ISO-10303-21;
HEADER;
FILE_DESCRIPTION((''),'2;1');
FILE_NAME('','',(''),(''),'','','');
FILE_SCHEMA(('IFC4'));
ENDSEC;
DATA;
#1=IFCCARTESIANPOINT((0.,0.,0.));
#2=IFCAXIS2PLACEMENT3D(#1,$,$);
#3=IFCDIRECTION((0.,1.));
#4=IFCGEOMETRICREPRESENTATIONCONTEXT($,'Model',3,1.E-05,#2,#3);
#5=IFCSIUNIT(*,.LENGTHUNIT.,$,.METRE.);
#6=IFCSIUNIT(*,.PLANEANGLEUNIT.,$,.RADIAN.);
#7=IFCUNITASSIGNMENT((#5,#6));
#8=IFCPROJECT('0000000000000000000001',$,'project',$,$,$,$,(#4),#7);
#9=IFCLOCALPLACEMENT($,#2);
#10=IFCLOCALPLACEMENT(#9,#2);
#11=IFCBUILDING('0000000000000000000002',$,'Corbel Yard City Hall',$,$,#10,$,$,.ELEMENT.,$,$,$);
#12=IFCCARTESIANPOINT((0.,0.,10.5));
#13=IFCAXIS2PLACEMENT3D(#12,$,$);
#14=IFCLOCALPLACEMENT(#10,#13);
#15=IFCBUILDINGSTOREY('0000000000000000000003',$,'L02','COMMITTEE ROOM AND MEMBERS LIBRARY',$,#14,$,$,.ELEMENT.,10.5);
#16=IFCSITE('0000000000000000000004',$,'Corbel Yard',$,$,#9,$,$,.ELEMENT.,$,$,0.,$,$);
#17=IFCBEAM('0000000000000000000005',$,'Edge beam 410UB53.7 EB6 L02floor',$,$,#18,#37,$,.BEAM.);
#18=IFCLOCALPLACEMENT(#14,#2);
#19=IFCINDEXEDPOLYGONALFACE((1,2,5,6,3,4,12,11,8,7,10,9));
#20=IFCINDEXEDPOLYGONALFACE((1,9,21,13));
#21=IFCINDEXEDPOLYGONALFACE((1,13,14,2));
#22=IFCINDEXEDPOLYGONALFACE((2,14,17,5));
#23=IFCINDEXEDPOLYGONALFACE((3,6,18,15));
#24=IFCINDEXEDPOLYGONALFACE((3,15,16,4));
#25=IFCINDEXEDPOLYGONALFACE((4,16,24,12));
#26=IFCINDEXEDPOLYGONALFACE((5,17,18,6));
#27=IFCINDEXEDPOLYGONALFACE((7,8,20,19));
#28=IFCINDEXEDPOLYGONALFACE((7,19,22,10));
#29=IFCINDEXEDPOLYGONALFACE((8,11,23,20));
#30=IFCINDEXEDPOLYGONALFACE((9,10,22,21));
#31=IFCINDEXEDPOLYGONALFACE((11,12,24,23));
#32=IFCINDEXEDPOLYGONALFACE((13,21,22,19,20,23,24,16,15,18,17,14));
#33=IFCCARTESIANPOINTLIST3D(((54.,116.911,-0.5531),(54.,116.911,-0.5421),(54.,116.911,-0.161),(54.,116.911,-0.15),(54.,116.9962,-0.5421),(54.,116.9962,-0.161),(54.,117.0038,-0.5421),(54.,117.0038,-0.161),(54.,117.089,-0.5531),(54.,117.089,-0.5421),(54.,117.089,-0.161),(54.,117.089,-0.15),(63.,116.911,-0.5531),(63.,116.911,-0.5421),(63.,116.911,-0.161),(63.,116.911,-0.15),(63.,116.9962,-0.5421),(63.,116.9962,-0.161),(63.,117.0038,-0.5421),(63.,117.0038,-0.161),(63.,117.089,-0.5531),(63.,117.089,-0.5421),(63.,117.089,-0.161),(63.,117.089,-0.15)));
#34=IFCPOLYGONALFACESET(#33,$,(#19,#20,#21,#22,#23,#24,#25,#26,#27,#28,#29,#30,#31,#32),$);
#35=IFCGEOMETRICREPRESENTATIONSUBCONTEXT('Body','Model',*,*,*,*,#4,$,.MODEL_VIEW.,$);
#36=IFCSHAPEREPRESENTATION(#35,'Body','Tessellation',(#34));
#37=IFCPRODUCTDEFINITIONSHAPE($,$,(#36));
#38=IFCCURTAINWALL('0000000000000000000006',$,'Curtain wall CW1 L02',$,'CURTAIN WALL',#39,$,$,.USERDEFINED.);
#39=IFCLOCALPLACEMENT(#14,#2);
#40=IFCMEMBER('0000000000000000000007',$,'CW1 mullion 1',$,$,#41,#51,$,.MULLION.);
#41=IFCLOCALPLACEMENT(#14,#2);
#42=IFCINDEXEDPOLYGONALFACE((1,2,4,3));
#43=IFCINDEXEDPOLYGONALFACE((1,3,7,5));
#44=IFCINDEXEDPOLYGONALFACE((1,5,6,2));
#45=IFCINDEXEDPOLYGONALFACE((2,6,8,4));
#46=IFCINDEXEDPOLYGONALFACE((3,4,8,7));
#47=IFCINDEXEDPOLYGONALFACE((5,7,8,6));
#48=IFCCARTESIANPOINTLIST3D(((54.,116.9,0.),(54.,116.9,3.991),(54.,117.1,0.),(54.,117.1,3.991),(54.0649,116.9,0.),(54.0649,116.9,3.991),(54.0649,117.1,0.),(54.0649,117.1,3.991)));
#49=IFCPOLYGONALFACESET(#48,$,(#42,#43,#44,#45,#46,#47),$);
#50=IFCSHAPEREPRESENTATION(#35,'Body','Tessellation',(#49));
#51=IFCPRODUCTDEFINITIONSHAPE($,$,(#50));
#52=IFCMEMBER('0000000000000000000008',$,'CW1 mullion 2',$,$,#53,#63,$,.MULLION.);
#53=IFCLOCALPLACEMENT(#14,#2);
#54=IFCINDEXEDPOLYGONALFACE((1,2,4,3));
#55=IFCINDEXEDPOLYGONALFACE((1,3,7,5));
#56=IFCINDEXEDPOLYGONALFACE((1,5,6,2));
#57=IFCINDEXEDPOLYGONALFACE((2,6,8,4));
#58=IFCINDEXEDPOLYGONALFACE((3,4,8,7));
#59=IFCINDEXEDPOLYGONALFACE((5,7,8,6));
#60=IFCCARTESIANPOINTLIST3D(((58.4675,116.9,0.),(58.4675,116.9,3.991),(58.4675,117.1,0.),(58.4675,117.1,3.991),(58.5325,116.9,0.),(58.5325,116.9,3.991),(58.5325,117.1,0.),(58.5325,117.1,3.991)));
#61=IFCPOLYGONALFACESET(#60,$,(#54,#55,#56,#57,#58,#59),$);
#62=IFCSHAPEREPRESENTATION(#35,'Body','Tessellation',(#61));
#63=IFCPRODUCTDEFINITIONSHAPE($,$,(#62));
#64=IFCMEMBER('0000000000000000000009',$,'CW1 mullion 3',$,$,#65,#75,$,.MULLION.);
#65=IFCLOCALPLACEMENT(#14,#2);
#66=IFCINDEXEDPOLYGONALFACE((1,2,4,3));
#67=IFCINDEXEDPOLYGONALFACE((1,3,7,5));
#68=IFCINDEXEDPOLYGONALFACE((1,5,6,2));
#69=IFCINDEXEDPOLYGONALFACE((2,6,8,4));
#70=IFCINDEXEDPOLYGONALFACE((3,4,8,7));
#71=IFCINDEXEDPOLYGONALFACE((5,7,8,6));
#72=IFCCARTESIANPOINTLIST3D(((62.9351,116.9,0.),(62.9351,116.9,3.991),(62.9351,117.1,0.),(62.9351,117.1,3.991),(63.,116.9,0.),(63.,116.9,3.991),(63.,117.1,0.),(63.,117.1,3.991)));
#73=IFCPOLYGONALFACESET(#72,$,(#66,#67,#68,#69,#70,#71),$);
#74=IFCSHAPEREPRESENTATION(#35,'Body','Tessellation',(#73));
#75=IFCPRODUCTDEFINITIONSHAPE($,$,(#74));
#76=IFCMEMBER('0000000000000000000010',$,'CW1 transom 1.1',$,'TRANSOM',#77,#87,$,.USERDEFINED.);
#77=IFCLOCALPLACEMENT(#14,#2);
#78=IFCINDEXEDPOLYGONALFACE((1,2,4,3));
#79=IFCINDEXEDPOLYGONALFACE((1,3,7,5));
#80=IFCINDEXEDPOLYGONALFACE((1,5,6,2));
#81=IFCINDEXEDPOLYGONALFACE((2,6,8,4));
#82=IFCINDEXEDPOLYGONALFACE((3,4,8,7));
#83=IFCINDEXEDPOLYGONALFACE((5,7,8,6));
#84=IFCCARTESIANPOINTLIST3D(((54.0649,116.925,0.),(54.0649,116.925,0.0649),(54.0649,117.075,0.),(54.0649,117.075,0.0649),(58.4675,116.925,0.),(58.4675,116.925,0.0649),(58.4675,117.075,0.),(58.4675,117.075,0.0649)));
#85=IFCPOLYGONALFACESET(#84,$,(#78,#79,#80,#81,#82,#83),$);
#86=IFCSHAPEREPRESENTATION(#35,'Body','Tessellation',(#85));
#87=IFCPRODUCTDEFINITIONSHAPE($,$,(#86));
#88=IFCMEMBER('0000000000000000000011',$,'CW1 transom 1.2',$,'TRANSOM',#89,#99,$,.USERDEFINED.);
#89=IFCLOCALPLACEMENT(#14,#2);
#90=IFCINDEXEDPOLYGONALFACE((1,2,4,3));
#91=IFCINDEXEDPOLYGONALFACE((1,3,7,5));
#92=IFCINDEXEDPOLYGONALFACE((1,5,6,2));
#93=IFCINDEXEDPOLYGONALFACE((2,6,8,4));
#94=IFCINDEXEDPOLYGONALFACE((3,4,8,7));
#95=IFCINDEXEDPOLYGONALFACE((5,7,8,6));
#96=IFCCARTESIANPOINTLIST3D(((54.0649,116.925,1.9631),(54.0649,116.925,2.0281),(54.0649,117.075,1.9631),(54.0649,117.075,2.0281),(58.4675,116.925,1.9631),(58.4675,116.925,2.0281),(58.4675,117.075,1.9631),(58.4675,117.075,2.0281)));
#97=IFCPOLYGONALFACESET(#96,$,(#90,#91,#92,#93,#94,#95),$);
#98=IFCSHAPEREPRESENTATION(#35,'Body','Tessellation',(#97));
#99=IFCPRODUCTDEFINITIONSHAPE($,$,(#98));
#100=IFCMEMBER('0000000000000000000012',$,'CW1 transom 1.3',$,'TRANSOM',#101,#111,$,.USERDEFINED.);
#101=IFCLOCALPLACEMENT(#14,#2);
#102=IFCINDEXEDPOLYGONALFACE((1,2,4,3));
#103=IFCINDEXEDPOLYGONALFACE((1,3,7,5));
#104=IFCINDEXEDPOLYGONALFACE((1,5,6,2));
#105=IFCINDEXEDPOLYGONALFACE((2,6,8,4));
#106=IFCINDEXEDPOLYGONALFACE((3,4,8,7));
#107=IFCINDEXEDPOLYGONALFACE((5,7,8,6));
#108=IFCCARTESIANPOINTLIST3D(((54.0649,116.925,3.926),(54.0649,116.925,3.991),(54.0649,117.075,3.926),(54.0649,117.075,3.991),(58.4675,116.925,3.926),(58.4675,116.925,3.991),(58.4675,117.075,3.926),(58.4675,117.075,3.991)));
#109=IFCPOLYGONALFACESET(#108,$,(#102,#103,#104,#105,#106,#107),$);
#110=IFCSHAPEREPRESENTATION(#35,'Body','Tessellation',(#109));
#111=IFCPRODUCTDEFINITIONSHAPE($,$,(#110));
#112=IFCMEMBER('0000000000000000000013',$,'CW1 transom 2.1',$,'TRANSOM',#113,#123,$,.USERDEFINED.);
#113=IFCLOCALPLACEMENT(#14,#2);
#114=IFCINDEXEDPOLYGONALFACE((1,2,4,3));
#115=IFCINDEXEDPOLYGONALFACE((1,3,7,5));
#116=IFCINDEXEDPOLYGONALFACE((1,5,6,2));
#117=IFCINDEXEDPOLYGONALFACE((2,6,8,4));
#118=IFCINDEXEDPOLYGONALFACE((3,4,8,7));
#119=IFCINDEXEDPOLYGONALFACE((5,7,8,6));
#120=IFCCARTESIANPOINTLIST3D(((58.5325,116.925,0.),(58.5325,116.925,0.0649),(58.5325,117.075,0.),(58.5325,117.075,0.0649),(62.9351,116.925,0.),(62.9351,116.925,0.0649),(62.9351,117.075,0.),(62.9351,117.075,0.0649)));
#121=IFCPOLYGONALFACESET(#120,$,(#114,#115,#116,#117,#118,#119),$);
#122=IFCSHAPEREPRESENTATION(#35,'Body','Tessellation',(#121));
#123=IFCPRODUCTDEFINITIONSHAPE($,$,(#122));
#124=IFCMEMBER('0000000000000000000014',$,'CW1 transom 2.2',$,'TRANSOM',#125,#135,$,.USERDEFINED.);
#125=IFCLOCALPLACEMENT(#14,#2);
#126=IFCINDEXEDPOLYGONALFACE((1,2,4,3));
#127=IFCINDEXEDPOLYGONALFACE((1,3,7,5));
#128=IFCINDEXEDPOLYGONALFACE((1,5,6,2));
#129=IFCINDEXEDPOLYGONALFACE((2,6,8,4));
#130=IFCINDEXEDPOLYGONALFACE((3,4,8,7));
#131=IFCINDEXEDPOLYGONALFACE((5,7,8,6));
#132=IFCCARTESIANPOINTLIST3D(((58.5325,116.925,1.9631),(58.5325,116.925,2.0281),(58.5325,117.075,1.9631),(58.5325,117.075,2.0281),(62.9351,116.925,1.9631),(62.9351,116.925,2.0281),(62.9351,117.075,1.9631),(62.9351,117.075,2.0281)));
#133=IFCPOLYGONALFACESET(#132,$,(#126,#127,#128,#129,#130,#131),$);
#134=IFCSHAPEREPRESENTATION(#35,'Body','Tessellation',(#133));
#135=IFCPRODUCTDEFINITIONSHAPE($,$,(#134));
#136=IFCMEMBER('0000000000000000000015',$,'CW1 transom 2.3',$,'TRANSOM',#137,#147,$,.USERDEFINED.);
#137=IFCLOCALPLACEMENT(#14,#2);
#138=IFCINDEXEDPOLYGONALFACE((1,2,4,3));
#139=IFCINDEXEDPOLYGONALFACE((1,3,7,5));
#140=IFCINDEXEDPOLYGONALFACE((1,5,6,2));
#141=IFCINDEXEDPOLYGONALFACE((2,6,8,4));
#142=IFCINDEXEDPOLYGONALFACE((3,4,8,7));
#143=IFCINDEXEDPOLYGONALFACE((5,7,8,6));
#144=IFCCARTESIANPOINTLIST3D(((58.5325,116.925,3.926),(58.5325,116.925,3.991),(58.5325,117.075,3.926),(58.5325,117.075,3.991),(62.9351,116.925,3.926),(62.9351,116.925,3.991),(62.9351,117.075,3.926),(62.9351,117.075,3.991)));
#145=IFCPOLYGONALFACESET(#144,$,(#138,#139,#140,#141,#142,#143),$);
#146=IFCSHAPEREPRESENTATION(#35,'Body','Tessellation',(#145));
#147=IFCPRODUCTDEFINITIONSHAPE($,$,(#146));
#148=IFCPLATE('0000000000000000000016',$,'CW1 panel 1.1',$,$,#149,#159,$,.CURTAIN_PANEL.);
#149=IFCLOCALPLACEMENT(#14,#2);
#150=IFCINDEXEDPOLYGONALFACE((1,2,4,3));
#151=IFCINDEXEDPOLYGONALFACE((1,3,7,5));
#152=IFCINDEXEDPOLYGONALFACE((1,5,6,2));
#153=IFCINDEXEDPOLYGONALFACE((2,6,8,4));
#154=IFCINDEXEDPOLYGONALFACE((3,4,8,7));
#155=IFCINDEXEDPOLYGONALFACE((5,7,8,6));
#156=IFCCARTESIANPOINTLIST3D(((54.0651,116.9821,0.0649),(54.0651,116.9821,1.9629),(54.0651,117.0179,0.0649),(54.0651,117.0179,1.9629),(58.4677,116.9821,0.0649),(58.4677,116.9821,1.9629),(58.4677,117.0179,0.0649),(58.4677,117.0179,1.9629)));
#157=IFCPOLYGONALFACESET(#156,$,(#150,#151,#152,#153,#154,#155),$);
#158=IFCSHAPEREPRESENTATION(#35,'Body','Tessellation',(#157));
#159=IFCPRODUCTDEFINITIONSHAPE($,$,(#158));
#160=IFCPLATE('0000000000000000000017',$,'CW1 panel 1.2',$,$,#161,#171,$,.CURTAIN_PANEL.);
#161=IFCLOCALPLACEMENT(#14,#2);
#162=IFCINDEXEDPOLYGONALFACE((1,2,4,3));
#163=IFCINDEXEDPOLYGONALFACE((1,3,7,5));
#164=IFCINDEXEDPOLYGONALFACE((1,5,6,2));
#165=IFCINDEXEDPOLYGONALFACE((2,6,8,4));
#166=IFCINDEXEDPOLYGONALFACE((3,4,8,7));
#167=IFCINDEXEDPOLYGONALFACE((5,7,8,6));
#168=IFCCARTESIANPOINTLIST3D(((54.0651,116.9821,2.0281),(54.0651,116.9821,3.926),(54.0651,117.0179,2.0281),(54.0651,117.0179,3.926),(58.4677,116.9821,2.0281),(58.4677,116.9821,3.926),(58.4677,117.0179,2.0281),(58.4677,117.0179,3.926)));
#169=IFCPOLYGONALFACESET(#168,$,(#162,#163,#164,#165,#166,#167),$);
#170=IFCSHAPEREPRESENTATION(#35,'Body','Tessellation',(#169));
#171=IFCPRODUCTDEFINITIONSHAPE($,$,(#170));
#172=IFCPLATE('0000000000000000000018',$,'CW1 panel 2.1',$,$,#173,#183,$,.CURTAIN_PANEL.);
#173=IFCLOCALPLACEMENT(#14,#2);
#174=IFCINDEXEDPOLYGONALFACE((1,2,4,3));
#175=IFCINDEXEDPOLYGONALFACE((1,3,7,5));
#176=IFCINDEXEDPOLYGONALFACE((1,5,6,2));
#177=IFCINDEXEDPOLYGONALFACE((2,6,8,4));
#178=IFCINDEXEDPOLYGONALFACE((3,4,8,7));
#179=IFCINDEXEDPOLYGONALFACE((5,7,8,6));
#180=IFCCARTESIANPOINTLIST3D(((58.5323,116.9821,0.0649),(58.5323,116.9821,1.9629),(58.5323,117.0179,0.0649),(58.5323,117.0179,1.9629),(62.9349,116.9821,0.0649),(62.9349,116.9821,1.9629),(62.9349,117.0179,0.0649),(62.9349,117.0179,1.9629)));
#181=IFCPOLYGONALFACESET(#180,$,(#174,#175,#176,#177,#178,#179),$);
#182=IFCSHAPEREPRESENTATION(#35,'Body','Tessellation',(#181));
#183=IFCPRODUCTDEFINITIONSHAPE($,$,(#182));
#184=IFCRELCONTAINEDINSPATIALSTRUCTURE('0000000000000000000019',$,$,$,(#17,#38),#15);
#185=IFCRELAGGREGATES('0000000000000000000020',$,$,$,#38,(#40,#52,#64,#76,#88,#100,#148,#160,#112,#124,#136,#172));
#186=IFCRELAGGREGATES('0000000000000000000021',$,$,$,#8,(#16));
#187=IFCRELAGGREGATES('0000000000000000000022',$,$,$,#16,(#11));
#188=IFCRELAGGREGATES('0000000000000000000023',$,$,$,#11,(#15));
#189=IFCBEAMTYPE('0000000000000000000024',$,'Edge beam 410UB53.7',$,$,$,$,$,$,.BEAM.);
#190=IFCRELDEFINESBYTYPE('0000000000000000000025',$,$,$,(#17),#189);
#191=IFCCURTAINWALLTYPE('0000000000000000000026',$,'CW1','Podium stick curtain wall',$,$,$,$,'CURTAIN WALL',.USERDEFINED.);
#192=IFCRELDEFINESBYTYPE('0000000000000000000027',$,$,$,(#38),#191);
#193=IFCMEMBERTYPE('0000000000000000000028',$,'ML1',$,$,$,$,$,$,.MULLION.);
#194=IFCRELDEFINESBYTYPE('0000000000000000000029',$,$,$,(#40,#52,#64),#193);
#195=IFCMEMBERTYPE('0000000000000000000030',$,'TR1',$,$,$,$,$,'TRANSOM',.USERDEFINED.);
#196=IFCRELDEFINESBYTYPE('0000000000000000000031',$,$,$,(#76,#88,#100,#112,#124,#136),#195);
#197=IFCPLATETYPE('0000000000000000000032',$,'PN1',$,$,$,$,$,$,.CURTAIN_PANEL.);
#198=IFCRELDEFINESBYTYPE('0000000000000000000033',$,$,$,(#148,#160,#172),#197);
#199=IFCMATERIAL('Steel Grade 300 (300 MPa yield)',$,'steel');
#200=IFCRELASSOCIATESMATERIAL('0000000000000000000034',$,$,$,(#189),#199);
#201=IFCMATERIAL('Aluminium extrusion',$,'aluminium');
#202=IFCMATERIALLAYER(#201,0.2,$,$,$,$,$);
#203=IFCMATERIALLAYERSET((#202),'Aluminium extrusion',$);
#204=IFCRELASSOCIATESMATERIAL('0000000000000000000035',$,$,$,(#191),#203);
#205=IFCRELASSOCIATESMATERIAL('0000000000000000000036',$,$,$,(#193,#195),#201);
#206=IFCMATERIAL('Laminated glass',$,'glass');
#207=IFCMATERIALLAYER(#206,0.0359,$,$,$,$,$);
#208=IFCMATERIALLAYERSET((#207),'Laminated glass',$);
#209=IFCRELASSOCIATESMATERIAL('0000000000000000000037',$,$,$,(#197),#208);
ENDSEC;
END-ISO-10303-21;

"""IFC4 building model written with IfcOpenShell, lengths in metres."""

from ifc_helpers import new_model, si_unit, direction, frame, origin, origin_2d, place, context, subcontext, project, spatial, rectangle, i_section, extrude, material, layer, layer_set, material_profile, profile_set, type_object, element, aggregate, save


model = new_model("IFC4")

# Units and contexts
model_context = context("Model", 3, precision=1e-05, world=origin(), true_north=direction((0.0, 1.0)))
body_context = subcontext(model_context, "Body", "Model", "MODEL_VIEW")
ifc_project = project(units=[si_unit("LENGTHUNIT", "METRE"), si_unit("PLANEANGLEUNIT", "RADIAN")], contexts=[model_context])

# Site, building, storey
site_placement = place(None, origin())
site = spatial("IfcSite", under=ifc_project, at=site_placement, Name="Corbel Yard", CompositionType="ELEMENT", RefElevation=0.0)
building_placement = place(site_placement, origin())
building = spatial("IfcBuilding", under=site, at=building_placement, Name="Corbel Yard City Hall", CompositionType="ELEMENT")
storey_placement = place(building_placement, frame((0.0, 0.0, 10.5)))
storey = spatial("IfcBuildingStorey", under=building, at=storey_placement, Name="L02", Description="COMMITTEE ROOM AND MEMBERS LIBRARY", CompositionType="ELEMENT", Elevation=10.5)

# Beam
ifc_material_1 = material(Name="Steel Grade 300 (300 MPa yield)", Category="steel")
ifc_material_profile_1 = material_profile(ifc_material_1, i_section(OverallWidth=0.178, OverallDepth=0.4031, WebThickness=0.0076, FlangeThickness=0.011, at=origin_2d()), Name="410UB53.7")
ifc_profile_set_1 = profile_set([ifc_material_profile_1], Name="Steel Grade 300 (300 MPa yield)")
beam_type = type_object("IfcBeamType", Name="Edge beam 410UB53.7", PredefinedType="BEAM", material=ifc_profile_set_1)
beam_placement = place(storey_placement, frame((54.0, 117.0, -0.3516), z_axis=(1.0, 0.0, 0.0), x_axis=(0.0, 1.0, 0.0)))
element("IfcBeam", 1, at=beam_placement, inside=storey, type_object=beam_type, Name="Edge beam 410UB53.7 EB6 L02floor", PredefinedType="BEAM", context=body_context, shape_type="SweptSolid", body=[
    extrude(i_section(OverallWidth=0.178, OverallDepth=0.4031, WebThickness=0.0076, FlangeThickness=0.011, at=origin_2d()), origin(), (0.0, 0.0, 1.0), 9.0),
])

# Curtain wall, members, plates
ifc_material_2 = material(Name="Aluminium extrusion", Category="aluminium")
ifc_layer_1 = layer(ifc_material_2, 0.2)
ifc_layer_set_1 = layer_set([ifc_layer_1], Name="Aluminium extrusion")
curtain_wall_type = type_object("IfcCurtainWallType", Name="CW1", Description="Podium stick curtain wall", ElementType="CURTAIN WALL", PredefinedType="USERDEFINED", material=ifc_layer_set_1)
curtain_wall_placement = place(storey_placement, origin())
curtain_wall = element("IfcCurtainWall", 2, at=curtain_wall_placement, inside=storey, type_object=curtain_wall_type, Name="Curtain wall CW1 L02", ObjectType="CURTAIN WALL", PredefinedType="USERDEFINED")
ifc_material_profile_2 = material_profile(ifc_material_2, rectangle(XDim=0.2, YDim=0.0649, at=origin_2d()), Name="200x65")
ifc_profile_set_2 = profile_set([ifc_material_profile_2], Name="Aluminium extrusion")
member_type_1 = type_object("IfcMemberType", Name="ML1", PredefinedType="MULLION", material=ifc_profile_set_2)
member_1_placement = place(storey_placement, frame((54.0325, 117.0, 0.0), z_axis=(0.0, 0.0, 1.0), x_axis=(0.0, 1.0, 0.0)))
member_1 = element("IfcMember", 3, at=member_1_placement, type_object=member_type_1, Name="CW1 mullion 1", PredefinedType="MULLION", context=body_context, shape_type="SweptSolid", body=[
    extrude(rectangle(XDim=0.2, YDim=0.0649, at=origin_2d()), origin(), (0.0, 0.0, 1.0), 3.991),
])
member_2_placement = place(storey_placement, frame((58.5, 117.0, 0.0), z_axis=(0.0, 0.0, 1.0), x_axis=(0.0, 1.0, 0.0)))
member_2 = element("IfcMember", 4, at=member_2_placement, type_object=member_type_1, Name="CW1 mullion 2", PredefinedType="MULLION", context=body_context, shape_type="SweptSolid", body=[
    extrude(rectangle(XDim=0.2, YDim=0.0649, at=origin_2d()), origin(), (0.0, 0.0, 1.0), 3.991),
])
member_3_placement = place(storey_placement, frame((62.9675, 117.0, 0.0), z_axis=(0.0, 0.0, 1.0), x_axis=(0.0, 1.0, 0.0)))
member_3 = element("IfcMember", 5, at=member_3_placement, type_object=member_type_1, Name="CW1 mullion 3", PredefinedType="MULLION", context=body_context, shape_type="SweptSolid", body=[
    extrude(rectangle(XDim=0.2, YDim=0.0649, at=origin_2d()), origin(), (0.0, 0.0, 1.0), 3.991),
])
ifc_material_profile_3 = material_profile(ifc_material_2, rectangle(XDim=0.1499, YDim=0.0649, at=origin_2d()), Name="150x65")
ifc_profile_set_3 = profile_set([ifc_material_profile_3], Name="Aluminium extrusion")
member_type_2 = type_object("IfcMemberType", Name="TR1", ElementType="TRANSOM", PredefinedType="USERDEFINED", material=ifc_profile_set_3)
member_4_placement = place(storey_placement, frame((54.0649, 117.0, 0.0325), z_axis=(1.0, 0.0, 0.0), x_axis=(0.0, 1.0, 0.0)))
member_4 = element("IfcMember", 6, at=member_4_placement, type_object=member_type_2, Name="CW1 transom 1.1", ObjectType="TRANSOM", PredefinedType="USERDEFINED", context=body_context, shape_type="SweptSolid", body=[
    extrude(rectangle(XDim=0.1499, YDim=0.0649, at=origin_2d()), origin(), (0.0, 0.0, 1.0), 4.4026),
])
member_5_placement = place(storey_placement, frame((54.0649, 117.0, 1.9956), z_axis=(1.0, 0.0, 0.0), x_axis=(0.0, 1.0, 0.0)))
member_5 = element("IfcMember", 7, at=member_5_placement, type_object=member_type_2, Name="CW1 transom 1.2", ObjectType="TRANSOM", PredefinedType="USERDEFINED", context=body_context, shape_type="SweptSolid", body=[
    extrude(rectangle(XDim=0.1499, YDim=0.0649, at=origin_2d()), origin(), (0.0, 0.0, 1.0), 4.4026),
])
member_6_placement = place(storey_placement, frame((54.0649, 117.0, 3.9585), z_axis=(1.0, 0.0, 0.0), x_axis=(0.0, 1.0, 0.0)))
member_6 = element("IfcMember", 8, at=member_6_placement, type_object=member_type_2, Name="CW1 transom 1.3", ObjectType="TRANSOM", PredefinedType="USERDEFINED", context=body_context, shape_type="SweptSolid", body=[
    extrude(rectangle(XDim=0.1499, YDim=0.0649, at=origin_2d()), origin(), (0.0, 0.0, 1.0), 4.4026),
])
member_7_placement = place(storey_placement, frame((58.5325, 117.0, 0.0325), z_axis=(1.0, 0.0, 0.0), x_axis=(0.0, 1.0, 0.0)))
member_7 = element("IfcMember", 9, at=member_7_placement, type_object=member_type_2, Name="CW1 transom 2.1", ObjectType="TRANSOM", PredefinedType="USERDEFINED", context=body_context, shape_type="SweptSolid", body=[
    extrude(rectangle(XDim=0.1499, YDim=0.0649, at=origin_2d()), origin(), (0.0, 0.0, 1.0), 4.4026),
])
member_8_placement = place(storey_placement, frame((58.5325, 117.0, 1.9956), z_axis=(1.0, 0.0, 0.0), x_axis=(0.0, 1.0, 0.0)))
member_8 = element("IfcMember", 10, at=member_8_placement, type_object=member_type_2, Name="CW1 transom 2.2", ObjectType="TRANSOM", PredefinedType="USERDEFINED", context=body_context, shape_type="SweptSolid", body=[
    extrude(rectangle(XDim=0.1499, YDim=0.0649, at=origin_2d()), origin(), (0.0, 0.0, 1.0), 4.4026),
])
member_9_placement = place(storey_placement, frame((58.5325, 117.0, 3.9585), z_axis=(1.0, 0.0, 0.0), x_axis=(0.0, 1.0, 0.0)))
member_9 = element("IfcMember", 11, at=member_9_placement, type_object=member_type_2, Name="CW1 transom 2.3", ObjectType="TRANSOM", PredefinedType="USERDEFINED", context=body_context, shape_type="SweptSolid", body=[
    extrude(rectangle(XDim=0.1499, YDim=0.0649, at=origin_2d()), origin(), (0.0, 0.0, 1.0), 4.4026),
])
ifc_material_3 = material(Name="Laminated glass", Category="glass")
ifc_layer_2 = layer(ifc_material_3, 0.0359)
ifc_layer_set_2 = layer_set([ifc_layer_2], Name="Laminated glass")
plate_type = type_object("IfcPlateType", Name="PN1", PredefinedType="CURTAIN_PANEL", material=ifc_layer_set_2)
plate_1_placement = place(storey_placement, frame((56.2664, 117.0, 0.0649), z_axis=(0.0, 0.0, 1.0), x_axis=(1.0, 0.0, 0.0)))
plate_1 = element("IfcPlate", 12, at=plate_1_placement, type_object=plate_type, Name="CW1 panel 1.1", PredefinedType="CURTAIN_PANEL", context=body_context, shape_type="SweptSolid", body=[
    extrude(rectangle(XDim=4.4026, YDim=0.0359, at=origin_2d()), origin(), (0.0, 0.0, 1.0), 1.8979),
])
plate_2_placement = place(storey_placement, frame((56.2664, 117.0, 2.0281), z_axis=(0.0, 0.0, 1.0), x_axis=(1.0, 0.0, 0.0)))
plate_2 = element("IfcPlate", 13, at=plate_2_placement, type_object=plate_type, Name="CW1 panel 1.2", PredefinedType="CURTAIN_PANEL", context=body_context, shape_type="SweptSolid", body=[
    extrude(rectangle(XDim=4.4026, YDim=0.0359, at=origin_2d()), origin(), (0.0, 0.0, 1.0), 1.8979),
])
plate_3_placement = place(storey_placement, frame((60.7336, 117.0, 0.0649), z_axis=(0.0, 0.0, 1.0), x_axis=(1.0, 0.0, 0.0)))
plate_3 = element("IfcPlate", 14, at=plate_3_placement, type_object=plate_type, Name="CW1 panel 2.1", PredefinedType="CURTAIN_PANEL", context=body_context, shape_type="SweptSolid", body=[
    extrude(rectangle(XDim=4.4026, YDim=0.0359, at=origin_2d()), origin(), (0.0, 0.0, 1.0), 1.8979),
])
aggregate(curtain_wall, [member_1, member_2, member_3, member_4, member_5, member_6, plate_1, plate_2, member_7, member_8, member_9, plate_3])

save(model, "model.ifc")
